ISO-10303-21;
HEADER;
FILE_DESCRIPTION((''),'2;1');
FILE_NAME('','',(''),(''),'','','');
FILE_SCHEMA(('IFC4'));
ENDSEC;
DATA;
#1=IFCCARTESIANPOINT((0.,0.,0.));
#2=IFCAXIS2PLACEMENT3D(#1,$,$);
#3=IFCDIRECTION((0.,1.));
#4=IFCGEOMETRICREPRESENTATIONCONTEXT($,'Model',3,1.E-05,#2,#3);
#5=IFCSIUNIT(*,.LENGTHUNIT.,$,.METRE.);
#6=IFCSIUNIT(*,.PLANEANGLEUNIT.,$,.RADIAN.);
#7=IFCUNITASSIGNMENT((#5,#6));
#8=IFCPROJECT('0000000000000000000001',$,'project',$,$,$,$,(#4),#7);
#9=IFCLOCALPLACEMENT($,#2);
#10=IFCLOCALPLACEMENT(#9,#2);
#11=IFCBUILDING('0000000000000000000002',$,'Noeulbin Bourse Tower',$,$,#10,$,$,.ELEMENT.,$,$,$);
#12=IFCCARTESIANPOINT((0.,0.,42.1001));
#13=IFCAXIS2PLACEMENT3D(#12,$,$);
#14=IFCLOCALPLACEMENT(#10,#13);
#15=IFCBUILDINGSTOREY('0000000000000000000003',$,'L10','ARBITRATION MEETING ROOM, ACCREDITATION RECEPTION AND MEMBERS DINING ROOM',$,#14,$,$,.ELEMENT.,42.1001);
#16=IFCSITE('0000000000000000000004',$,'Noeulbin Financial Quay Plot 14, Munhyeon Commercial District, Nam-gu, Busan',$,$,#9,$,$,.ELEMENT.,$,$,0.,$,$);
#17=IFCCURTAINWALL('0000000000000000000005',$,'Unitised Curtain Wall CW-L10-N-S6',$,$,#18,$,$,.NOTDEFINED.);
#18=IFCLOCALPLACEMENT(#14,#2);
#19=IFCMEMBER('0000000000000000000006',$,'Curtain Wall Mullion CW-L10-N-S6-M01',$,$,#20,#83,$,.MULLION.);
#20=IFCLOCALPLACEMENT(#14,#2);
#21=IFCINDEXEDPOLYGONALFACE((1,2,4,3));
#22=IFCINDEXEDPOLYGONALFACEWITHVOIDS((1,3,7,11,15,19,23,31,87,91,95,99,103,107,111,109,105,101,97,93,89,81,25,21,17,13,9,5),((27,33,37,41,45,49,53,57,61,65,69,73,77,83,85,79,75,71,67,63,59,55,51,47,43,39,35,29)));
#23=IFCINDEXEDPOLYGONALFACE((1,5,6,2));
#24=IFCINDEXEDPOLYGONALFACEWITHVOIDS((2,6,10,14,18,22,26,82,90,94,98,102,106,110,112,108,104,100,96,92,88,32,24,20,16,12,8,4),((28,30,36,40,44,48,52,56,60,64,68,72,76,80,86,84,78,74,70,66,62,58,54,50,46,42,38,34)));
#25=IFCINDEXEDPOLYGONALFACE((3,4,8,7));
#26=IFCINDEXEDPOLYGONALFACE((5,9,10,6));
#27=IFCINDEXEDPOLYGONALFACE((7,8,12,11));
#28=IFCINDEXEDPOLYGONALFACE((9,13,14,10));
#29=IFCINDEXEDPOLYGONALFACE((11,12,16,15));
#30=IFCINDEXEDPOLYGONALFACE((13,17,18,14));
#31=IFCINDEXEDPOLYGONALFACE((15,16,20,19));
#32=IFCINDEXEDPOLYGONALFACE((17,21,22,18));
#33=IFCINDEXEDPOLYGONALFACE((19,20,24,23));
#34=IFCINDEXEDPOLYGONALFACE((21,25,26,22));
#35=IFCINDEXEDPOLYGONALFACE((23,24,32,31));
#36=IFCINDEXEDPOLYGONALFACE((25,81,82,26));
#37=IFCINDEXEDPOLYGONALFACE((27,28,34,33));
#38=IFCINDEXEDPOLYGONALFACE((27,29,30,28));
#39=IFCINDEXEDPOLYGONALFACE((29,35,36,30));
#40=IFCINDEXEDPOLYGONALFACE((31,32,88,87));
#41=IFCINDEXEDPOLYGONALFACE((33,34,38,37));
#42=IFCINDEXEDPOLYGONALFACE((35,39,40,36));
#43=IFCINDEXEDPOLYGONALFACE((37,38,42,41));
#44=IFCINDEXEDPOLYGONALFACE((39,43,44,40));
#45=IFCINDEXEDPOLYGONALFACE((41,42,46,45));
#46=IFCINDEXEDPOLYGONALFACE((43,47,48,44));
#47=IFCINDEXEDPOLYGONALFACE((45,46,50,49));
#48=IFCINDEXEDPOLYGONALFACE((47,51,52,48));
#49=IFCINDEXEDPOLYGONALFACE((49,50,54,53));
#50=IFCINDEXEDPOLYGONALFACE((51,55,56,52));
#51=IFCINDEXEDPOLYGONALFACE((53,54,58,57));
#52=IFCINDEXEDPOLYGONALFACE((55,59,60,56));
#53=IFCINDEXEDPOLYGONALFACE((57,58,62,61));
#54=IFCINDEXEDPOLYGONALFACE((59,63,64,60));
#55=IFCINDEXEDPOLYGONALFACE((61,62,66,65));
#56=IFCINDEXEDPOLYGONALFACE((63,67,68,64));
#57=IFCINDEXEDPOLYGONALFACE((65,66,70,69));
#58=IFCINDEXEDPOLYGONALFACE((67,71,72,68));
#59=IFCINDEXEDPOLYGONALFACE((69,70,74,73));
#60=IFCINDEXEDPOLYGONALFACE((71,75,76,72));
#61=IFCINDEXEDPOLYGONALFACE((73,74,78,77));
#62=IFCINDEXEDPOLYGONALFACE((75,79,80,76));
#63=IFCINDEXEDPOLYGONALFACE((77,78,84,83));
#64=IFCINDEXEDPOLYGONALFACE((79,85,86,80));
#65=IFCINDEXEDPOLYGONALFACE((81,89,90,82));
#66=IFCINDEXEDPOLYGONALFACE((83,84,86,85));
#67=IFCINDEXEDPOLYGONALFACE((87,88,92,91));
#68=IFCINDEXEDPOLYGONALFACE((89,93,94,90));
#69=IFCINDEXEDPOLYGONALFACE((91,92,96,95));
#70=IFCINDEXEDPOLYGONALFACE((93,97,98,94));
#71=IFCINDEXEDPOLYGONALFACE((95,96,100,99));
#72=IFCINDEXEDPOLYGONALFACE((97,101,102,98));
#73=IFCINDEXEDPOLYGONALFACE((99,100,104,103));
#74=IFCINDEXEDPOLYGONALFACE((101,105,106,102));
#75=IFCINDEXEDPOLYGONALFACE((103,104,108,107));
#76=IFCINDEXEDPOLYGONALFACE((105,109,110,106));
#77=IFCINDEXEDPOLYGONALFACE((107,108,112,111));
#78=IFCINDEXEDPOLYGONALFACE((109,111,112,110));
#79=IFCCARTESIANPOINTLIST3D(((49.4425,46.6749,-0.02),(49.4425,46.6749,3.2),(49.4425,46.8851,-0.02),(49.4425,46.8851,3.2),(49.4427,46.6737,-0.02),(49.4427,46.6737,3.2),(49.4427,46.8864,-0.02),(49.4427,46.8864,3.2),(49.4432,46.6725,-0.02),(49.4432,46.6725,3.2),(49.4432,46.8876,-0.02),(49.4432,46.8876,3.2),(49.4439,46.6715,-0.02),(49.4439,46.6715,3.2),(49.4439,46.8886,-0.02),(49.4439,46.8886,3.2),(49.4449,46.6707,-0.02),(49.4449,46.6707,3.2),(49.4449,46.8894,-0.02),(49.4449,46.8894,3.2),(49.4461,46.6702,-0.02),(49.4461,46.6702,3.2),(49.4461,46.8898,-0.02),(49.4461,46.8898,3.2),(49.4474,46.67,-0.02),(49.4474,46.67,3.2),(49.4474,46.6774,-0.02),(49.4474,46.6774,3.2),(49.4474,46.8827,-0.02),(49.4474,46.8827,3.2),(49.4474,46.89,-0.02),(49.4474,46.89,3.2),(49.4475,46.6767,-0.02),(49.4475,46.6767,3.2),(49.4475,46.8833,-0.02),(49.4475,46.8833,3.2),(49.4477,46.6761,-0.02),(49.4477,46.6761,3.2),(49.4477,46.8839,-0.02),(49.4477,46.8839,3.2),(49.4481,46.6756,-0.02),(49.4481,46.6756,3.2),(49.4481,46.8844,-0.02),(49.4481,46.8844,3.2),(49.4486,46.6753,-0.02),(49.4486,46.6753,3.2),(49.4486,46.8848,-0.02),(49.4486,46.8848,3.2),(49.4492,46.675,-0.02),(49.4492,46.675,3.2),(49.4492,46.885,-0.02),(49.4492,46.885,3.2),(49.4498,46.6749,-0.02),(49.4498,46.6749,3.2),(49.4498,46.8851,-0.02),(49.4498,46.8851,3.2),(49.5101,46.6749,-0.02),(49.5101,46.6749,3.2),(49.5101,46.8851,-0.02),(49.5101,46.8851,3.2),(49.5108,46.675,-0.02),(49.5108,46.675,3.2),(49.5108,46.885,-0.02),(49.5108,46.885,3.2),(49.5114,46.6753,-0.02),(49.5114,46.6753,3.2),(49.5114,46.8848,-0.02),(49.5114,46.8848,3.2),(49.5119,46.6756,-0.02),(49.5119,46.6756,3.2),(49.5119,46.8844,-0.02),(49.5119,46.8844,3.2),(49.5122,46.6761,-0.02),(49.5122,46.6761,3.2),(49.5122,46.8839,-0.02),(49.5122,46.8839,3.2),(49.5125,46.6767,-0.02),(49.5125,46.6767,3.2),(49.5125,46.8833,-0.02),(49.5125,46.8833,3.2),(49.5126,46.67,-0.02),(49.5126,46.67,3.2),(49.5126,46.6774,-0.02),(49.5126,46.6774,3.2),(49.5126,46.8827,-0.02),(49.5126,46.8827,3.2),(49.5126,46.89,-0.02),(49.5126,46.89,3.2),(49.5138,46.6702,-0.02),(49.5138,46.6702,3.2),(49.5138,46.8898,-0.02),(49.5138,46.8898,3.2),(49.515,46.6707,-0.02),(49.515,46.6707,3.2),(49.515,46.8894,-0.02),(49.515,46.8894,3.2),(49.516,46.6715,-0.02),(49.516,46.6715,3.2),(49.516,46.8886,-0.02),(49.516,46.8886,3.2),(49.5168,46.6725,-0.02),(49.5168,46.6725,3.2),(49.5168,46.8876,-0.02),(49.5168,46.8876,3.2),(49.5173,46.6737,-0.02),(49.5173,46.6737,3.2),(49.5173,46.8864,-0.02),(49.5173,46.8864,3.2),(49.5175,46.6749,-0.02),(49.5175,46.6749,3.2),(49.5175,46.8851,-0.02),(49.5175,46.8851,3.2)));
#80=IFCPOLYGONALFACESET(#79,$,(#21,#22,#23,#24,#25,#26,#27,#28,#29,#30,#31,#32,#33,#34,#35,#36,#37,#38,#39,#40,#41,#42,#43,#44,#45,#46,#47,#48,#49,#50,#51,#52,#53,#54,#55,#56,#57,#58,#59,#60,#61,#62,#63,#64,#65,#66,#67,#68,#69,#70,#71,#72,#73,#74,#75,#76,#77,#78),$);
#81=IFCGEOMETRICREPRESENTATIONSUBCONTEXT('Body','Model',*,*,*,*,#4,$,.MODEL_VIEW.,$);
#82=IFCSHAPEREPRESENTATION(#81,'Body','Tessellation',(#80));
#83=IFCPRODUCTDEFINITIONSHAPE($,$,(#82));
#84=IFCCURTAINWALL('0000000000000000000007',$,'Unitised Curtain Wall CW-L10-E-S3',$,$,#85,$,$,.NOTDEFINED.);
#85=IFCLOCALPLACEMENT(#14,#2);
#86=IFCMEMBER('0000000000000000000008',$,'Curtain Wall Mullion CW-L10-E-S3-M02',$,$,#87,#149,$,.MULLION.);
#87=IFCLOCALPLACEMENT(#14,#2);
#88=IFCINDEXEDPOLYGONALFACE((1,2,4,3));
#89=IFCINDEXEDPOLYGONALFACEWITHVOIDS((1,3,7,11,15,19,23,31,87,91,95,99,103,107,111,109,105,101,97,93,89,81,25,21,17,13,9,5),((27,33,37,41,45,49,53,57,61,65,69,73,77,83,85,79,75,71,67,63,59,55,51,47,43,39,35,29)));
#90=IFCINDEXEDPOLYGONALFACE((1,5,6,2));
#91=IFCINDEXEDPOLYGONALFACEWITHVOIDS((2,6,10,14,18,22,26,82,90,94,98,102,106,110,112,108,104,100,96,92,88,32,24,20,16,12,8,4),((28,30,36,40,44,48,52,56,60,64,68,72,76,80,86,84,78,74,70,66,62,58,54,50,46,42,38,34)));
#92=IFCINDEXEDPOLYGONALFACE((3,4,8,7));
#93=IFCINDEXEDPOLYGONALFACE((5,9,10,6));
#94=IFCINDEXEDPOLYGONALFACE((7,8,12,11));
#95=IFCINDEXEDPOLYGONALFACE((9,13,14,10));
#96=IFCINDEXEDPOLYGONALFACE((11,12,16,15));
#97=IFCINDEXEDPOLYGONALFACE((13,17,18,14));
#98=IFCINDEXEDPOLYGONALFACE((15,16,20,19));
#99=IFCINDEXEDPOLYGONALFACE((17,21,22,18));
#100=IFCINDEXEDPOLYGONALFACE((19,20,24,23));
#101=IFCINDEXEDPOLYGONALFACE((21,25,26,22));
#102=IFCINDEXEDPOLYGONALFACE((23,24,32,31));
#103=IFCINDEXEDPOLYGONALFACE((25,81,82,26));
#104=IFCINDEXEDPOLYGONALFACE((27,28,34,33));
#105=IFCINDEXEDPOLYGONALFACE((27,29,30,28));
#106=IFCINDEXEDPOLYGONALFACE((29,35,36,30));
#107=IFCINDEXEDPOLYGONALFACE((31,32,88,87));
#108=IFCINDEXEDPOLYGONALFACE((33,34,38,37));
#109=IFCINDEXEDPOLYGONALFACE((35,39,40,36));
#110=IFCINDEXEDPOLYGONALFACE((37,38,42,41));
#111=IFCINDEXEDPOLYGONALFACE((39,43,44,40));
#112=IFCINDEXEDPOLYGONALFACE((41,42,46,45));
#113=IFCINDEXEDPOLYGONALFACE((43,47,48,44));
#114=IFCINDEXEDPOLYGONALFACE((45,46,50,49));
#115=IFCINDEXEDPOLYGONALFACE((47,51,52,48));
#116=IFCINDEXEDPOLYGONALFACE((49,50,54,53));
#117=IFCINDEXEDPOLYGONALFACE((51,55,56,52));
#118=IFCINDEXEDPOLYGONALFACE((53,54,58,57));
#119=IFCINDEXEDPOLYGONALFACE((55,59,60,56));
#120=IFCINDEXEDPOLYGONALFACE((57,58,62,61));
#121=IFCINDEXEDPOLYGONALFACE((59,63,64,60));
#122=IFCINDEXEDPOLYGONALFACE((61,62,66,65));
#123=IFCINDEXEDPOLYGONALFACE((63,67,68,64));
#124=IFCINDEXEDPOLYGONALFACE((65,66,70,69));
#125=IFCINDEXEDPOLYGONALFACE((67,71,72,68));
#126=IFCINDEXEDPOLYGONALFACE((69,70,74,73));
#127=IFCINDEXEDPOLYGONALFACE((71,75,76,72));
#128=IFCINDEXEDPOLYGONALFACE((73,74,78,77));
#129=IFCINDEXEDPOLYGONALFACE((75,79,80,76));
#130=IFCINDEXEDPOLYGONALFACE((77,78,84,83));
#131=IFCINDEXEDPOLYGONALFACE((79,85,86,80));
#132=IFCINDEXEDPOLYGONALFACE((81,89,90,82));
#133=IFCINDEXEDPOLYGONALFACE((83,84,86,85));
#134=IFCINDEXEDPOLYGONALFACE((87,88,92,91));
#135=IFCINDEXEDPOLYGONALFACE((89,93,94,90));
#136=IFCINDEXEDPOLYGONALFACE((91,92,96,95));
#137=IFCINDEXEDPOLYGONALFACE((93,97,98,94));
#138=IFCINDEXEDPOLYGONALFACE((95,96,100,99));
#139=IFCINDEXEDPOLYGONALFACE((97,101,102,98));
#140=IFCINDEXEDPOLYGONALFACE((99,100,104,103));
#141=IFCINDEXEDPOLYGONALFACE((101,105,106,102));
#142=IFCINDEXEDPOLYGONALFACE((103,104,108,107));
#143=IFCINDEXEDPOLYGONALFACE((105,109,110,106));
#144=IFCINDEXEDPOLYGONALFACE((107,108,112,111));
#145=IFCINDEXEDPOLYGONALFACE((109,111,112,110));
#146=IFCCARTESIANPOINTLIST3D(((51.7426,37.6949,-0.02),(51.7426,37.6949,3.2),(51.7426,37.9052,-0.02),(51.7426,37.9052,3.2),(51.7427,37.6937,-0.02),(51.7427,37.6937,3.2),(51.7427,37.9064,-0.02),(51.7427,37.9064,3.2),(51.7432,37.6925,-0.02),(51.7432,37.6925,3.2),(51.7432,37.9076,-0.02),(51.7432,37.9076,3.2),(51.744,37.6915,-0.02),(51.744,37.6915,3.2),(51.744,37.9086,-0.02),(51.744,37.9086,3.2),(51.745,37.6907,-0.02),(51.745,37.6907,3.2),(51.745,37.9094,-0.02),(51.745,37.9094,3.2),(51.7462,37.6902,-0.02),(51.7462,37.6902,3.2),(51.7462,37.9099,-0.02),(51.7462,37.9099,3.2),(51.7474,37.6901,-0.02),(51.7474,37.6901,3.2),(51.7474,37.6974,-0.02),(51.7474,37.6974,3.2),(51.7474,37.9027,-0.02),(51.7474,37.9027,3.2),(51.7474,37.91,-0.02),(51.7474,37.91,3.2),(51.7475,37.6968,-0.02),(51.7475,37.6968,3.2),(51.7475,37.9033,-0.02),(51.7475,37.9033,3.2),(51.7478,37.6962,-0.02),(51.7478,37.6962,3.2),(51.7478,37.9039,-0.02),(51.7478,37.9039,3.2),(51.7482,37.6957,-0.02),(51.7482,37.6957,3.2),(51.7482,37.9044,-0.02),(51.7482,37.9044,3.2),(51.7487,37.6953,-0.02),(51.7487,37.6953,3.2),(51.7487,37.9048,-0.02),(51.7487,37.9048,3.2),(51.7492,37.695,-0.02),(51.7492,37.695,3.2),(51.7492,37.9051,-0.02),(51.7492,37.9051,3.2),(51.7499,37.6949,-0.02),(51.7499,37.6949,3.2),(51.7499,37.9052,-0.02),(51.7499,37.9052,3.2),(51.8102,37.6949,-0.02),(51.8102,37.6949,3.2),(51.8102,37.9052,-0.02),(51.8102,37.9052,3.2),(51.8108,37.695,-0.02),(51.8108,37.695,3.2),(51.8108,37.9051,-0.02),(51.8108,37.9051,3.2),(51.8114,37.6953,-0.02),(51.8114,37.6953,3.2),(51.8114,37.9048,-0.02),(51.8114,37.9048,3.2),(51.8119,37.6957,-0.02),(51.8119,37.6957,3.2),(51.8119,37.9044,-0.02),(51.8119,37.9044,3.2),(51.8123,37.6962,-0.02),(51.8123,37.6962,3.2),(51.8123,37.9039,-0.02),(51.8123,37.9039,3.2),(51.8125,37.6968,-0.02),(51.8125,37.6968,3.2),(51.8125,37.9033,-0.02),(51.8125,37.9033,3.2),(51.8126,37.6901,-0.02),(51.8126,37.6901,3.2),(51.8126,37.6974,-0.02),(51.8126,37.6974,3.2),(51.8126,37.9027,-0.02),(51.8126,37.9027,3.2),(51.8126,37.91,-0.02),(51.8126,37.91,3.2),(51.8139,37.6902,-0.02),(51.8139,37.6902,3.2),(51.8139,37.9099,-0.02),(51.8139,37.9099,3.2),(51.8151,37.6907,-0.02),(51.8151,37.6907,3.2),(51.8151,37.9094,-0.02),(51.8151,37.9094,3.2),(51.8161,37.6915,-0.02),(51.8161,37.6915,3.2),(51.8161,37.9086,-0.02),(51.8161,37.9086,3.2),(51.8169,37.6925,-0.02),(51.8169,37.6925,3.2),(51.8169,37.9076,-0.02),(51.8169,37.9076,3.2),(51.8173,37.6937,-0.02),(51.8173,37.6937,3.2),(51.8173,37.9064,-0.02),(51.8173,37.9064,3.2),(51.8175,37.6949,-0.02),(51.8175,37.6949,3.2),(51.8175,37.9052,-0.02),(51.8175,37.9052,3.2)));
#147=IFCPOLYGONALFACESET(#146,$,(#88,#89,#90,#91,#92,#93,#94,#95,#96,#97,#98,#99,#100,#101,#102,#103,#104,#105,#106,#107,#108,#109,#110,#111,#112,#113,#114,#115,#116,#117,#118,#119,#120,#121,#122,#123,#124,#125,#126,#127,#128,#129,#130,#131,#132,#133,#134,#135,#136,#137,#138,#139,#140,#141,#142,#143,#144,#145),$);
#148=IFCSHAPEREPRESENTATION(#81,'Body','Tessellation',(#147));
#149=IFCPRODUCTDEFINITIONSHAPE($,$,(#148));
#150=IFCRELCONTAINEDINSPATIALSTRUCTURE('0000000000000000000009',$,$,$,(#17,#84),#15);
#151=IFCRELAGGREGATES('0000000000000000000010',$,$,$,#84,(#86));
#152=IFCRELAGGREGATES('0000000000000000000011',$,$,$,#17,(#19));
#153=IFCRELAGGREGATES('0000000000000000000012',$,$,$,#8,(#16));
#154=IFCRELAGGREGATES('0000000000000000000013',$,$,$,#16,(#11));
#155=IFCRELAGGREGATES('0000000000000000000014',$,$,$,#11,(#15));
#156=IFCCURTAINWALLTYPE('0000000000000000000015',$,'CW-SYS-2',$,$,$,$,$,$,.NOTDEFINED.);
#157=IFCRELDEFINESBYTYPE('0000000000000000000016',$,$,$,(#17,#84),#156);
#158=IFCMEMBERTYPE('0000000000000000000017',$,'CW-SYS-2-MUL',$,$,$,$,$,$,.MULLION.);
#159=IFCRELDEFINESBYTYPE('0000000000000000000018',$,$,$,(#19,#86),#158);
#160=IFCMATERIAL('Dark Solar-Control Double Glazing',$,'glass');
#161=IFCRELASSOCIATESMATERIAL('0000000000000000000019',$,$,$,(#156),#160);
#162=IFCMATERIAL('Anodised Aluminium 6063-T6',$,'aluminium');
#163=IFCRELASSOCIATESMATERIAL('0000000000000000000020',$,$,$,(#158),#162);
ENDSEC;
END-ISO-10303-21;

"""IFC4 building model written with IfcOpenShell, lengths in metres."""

from ifc_helpers import new_model, si_unit, direction, frame, origin, origin_2d, place, context, subcontext, project, spatial, hollow_rectangle, extrude, material, material_profile, profile_set, type_object, element, aggregate, save


model = new_model("IFC4")

# Units and contexts
model_context = context("Model", 3, precision=1e-05, world=origin(), true_north=direction((0.0, 1.0)))
body_context = subcontext(model_context, "Body", "Model", "MODEL_VIEW")
ifc_project = project(units=[si_unit("LENGTHUNIT", "METRE"), si_unit("PLANEANGLEUNIT", "RADIAN")], contexts=[model_context])

# Site, building, storey
site_placement = place(None, origin())
site = spatial("IfcSite", under=ifc_project, at=site_placement, Name="Noeulbin Financial Quay Plot 14, Munhyeon Commercial District, Nam-gu, Busan", CompositionType="ELEMENT", RefElevation=0.0)
building_placement = place(site_placement, origin())
building = spatial("IfcBuilding", under=site, at=building_placement, Name="Noeulbin Bourse Tower", CompositionType="ELEMENT")
storey_placement = place(building_placement, frame((0.0, 0.0, 42.1001)))
storey = spatial("IfcBuildingStorey", under=building, at=storey_placement, Name="L10", Description="ARBITRATION MEETING ROOM, ACCREDITATION RECEPTION AND MEMBERS DINING ROOM", CompositionType="ELEMENT", Elevation=42.1001)

# Shared definitions
ifc_material_1 = material(Name="Dark Solar-Control Double Glazing", Category="glass")
curtain_wall_type = type_object("IfcCurtainWallType", Name="CW-SYS-2", PredefinedType="NOTDEFINED", material=ifc_material_1)
ifc_material_2 = material(Name="Anodised Aluminium 6063-T6", Category="aluminium")
ifc_material_profile_1 = material_profile(ifc_material_2, hollow_rectangle(XDim=0.075, YDim=0.22, WallThickness=0.0049, InnerFilletRadius=0.0024, OuterFilletRadius=0.0049, at=origin_2d()), Name="ALU-MULL-75x220x5", Category="LoadBearing")
ifc_profile_set_1 = profile_set([ifc_material_profile_1], Name="Anodised Aluminium 6063-T6")
member_type_1 = type_object("IfcMemberType", Name="CW-SYS-2-MUL", PredefinedType="MULLION", material=ifc_profile_set_1)

# Curtain wall, member
curtain_wall_1_placement = place(storey_placement, origin())
curtain_wall_1 = element("IfcCurtainWall", 1, at=curtain_wall_1_placement, inside=storey, type_object=curtain_wall_type, Name="Unitised Curtain Wall CW-L10-N-S6", PredefinedType="NOTDEFINED")
member_1_placement = place(storey_placement, frame((49.48, 46.78, -0.02), z_axis=(0.0, 0.0, 1.0), x_axis=(1.0, 0.0, 0.0)))
member_1 = element("IfcMember", 2, at=member_1_placement, type_object=member_type_1, Name="Curtain Wall Mullion CW-L10-N-S6-M01", PredefinedType="MULLION", context=body_context, shape_type="SweptSolid", body=[
    extrude(hollow_rectangle(XDim=0.075, YDim=0.22, WallThickness=0.0049, InnerFilletRadius=0.0024, OuterFilletRadius=0.0049, at=origin_2d()), origin(), (0.0, 0.0, 1.0), 3.22),
])

# Curtain wall, member
curtain_wall_2_placement = place(storey_placement, origin())
curtain_wall_2 = element("IfcCurtainWall", 3, at=curtain_wall_2_placement, inside=storey, type_object=curtain_wall_type, Name="Unitised Curtain Wall CW-L10-E-S3", PredefinedType="NOTDEFINED")
member_2_placement = place(storey_placement, frame((51.78, 37.8, -0.02), z_axis=(0.0, 0.0, 1.0), x_axis=(1.0, 0.0, 0.0)))
member_2 = element("IfcMember", 4, at=member_2_placement, type_object=member_type_1, Name="Curtain Wall Mullion CW-L10-E-S3-M02", PredefinedType="MULLION", context=body_context, shape_type="SweptSolid", body=[
    extrude(hollow_rectangle(XDim=0.075, YDim=0.22, WallThickness=0.0049, InnerFilletRadius=0.0024, OuterFilletRadius=0.0049, at=origin_2d()), origin(), (0.0, 0.0, 1.0), 3.22),
])
aggregate(curtain_wall_2, [member_2])

aggregate(curtain_wall_1, [member_1])

save(model, "model.ifc")
